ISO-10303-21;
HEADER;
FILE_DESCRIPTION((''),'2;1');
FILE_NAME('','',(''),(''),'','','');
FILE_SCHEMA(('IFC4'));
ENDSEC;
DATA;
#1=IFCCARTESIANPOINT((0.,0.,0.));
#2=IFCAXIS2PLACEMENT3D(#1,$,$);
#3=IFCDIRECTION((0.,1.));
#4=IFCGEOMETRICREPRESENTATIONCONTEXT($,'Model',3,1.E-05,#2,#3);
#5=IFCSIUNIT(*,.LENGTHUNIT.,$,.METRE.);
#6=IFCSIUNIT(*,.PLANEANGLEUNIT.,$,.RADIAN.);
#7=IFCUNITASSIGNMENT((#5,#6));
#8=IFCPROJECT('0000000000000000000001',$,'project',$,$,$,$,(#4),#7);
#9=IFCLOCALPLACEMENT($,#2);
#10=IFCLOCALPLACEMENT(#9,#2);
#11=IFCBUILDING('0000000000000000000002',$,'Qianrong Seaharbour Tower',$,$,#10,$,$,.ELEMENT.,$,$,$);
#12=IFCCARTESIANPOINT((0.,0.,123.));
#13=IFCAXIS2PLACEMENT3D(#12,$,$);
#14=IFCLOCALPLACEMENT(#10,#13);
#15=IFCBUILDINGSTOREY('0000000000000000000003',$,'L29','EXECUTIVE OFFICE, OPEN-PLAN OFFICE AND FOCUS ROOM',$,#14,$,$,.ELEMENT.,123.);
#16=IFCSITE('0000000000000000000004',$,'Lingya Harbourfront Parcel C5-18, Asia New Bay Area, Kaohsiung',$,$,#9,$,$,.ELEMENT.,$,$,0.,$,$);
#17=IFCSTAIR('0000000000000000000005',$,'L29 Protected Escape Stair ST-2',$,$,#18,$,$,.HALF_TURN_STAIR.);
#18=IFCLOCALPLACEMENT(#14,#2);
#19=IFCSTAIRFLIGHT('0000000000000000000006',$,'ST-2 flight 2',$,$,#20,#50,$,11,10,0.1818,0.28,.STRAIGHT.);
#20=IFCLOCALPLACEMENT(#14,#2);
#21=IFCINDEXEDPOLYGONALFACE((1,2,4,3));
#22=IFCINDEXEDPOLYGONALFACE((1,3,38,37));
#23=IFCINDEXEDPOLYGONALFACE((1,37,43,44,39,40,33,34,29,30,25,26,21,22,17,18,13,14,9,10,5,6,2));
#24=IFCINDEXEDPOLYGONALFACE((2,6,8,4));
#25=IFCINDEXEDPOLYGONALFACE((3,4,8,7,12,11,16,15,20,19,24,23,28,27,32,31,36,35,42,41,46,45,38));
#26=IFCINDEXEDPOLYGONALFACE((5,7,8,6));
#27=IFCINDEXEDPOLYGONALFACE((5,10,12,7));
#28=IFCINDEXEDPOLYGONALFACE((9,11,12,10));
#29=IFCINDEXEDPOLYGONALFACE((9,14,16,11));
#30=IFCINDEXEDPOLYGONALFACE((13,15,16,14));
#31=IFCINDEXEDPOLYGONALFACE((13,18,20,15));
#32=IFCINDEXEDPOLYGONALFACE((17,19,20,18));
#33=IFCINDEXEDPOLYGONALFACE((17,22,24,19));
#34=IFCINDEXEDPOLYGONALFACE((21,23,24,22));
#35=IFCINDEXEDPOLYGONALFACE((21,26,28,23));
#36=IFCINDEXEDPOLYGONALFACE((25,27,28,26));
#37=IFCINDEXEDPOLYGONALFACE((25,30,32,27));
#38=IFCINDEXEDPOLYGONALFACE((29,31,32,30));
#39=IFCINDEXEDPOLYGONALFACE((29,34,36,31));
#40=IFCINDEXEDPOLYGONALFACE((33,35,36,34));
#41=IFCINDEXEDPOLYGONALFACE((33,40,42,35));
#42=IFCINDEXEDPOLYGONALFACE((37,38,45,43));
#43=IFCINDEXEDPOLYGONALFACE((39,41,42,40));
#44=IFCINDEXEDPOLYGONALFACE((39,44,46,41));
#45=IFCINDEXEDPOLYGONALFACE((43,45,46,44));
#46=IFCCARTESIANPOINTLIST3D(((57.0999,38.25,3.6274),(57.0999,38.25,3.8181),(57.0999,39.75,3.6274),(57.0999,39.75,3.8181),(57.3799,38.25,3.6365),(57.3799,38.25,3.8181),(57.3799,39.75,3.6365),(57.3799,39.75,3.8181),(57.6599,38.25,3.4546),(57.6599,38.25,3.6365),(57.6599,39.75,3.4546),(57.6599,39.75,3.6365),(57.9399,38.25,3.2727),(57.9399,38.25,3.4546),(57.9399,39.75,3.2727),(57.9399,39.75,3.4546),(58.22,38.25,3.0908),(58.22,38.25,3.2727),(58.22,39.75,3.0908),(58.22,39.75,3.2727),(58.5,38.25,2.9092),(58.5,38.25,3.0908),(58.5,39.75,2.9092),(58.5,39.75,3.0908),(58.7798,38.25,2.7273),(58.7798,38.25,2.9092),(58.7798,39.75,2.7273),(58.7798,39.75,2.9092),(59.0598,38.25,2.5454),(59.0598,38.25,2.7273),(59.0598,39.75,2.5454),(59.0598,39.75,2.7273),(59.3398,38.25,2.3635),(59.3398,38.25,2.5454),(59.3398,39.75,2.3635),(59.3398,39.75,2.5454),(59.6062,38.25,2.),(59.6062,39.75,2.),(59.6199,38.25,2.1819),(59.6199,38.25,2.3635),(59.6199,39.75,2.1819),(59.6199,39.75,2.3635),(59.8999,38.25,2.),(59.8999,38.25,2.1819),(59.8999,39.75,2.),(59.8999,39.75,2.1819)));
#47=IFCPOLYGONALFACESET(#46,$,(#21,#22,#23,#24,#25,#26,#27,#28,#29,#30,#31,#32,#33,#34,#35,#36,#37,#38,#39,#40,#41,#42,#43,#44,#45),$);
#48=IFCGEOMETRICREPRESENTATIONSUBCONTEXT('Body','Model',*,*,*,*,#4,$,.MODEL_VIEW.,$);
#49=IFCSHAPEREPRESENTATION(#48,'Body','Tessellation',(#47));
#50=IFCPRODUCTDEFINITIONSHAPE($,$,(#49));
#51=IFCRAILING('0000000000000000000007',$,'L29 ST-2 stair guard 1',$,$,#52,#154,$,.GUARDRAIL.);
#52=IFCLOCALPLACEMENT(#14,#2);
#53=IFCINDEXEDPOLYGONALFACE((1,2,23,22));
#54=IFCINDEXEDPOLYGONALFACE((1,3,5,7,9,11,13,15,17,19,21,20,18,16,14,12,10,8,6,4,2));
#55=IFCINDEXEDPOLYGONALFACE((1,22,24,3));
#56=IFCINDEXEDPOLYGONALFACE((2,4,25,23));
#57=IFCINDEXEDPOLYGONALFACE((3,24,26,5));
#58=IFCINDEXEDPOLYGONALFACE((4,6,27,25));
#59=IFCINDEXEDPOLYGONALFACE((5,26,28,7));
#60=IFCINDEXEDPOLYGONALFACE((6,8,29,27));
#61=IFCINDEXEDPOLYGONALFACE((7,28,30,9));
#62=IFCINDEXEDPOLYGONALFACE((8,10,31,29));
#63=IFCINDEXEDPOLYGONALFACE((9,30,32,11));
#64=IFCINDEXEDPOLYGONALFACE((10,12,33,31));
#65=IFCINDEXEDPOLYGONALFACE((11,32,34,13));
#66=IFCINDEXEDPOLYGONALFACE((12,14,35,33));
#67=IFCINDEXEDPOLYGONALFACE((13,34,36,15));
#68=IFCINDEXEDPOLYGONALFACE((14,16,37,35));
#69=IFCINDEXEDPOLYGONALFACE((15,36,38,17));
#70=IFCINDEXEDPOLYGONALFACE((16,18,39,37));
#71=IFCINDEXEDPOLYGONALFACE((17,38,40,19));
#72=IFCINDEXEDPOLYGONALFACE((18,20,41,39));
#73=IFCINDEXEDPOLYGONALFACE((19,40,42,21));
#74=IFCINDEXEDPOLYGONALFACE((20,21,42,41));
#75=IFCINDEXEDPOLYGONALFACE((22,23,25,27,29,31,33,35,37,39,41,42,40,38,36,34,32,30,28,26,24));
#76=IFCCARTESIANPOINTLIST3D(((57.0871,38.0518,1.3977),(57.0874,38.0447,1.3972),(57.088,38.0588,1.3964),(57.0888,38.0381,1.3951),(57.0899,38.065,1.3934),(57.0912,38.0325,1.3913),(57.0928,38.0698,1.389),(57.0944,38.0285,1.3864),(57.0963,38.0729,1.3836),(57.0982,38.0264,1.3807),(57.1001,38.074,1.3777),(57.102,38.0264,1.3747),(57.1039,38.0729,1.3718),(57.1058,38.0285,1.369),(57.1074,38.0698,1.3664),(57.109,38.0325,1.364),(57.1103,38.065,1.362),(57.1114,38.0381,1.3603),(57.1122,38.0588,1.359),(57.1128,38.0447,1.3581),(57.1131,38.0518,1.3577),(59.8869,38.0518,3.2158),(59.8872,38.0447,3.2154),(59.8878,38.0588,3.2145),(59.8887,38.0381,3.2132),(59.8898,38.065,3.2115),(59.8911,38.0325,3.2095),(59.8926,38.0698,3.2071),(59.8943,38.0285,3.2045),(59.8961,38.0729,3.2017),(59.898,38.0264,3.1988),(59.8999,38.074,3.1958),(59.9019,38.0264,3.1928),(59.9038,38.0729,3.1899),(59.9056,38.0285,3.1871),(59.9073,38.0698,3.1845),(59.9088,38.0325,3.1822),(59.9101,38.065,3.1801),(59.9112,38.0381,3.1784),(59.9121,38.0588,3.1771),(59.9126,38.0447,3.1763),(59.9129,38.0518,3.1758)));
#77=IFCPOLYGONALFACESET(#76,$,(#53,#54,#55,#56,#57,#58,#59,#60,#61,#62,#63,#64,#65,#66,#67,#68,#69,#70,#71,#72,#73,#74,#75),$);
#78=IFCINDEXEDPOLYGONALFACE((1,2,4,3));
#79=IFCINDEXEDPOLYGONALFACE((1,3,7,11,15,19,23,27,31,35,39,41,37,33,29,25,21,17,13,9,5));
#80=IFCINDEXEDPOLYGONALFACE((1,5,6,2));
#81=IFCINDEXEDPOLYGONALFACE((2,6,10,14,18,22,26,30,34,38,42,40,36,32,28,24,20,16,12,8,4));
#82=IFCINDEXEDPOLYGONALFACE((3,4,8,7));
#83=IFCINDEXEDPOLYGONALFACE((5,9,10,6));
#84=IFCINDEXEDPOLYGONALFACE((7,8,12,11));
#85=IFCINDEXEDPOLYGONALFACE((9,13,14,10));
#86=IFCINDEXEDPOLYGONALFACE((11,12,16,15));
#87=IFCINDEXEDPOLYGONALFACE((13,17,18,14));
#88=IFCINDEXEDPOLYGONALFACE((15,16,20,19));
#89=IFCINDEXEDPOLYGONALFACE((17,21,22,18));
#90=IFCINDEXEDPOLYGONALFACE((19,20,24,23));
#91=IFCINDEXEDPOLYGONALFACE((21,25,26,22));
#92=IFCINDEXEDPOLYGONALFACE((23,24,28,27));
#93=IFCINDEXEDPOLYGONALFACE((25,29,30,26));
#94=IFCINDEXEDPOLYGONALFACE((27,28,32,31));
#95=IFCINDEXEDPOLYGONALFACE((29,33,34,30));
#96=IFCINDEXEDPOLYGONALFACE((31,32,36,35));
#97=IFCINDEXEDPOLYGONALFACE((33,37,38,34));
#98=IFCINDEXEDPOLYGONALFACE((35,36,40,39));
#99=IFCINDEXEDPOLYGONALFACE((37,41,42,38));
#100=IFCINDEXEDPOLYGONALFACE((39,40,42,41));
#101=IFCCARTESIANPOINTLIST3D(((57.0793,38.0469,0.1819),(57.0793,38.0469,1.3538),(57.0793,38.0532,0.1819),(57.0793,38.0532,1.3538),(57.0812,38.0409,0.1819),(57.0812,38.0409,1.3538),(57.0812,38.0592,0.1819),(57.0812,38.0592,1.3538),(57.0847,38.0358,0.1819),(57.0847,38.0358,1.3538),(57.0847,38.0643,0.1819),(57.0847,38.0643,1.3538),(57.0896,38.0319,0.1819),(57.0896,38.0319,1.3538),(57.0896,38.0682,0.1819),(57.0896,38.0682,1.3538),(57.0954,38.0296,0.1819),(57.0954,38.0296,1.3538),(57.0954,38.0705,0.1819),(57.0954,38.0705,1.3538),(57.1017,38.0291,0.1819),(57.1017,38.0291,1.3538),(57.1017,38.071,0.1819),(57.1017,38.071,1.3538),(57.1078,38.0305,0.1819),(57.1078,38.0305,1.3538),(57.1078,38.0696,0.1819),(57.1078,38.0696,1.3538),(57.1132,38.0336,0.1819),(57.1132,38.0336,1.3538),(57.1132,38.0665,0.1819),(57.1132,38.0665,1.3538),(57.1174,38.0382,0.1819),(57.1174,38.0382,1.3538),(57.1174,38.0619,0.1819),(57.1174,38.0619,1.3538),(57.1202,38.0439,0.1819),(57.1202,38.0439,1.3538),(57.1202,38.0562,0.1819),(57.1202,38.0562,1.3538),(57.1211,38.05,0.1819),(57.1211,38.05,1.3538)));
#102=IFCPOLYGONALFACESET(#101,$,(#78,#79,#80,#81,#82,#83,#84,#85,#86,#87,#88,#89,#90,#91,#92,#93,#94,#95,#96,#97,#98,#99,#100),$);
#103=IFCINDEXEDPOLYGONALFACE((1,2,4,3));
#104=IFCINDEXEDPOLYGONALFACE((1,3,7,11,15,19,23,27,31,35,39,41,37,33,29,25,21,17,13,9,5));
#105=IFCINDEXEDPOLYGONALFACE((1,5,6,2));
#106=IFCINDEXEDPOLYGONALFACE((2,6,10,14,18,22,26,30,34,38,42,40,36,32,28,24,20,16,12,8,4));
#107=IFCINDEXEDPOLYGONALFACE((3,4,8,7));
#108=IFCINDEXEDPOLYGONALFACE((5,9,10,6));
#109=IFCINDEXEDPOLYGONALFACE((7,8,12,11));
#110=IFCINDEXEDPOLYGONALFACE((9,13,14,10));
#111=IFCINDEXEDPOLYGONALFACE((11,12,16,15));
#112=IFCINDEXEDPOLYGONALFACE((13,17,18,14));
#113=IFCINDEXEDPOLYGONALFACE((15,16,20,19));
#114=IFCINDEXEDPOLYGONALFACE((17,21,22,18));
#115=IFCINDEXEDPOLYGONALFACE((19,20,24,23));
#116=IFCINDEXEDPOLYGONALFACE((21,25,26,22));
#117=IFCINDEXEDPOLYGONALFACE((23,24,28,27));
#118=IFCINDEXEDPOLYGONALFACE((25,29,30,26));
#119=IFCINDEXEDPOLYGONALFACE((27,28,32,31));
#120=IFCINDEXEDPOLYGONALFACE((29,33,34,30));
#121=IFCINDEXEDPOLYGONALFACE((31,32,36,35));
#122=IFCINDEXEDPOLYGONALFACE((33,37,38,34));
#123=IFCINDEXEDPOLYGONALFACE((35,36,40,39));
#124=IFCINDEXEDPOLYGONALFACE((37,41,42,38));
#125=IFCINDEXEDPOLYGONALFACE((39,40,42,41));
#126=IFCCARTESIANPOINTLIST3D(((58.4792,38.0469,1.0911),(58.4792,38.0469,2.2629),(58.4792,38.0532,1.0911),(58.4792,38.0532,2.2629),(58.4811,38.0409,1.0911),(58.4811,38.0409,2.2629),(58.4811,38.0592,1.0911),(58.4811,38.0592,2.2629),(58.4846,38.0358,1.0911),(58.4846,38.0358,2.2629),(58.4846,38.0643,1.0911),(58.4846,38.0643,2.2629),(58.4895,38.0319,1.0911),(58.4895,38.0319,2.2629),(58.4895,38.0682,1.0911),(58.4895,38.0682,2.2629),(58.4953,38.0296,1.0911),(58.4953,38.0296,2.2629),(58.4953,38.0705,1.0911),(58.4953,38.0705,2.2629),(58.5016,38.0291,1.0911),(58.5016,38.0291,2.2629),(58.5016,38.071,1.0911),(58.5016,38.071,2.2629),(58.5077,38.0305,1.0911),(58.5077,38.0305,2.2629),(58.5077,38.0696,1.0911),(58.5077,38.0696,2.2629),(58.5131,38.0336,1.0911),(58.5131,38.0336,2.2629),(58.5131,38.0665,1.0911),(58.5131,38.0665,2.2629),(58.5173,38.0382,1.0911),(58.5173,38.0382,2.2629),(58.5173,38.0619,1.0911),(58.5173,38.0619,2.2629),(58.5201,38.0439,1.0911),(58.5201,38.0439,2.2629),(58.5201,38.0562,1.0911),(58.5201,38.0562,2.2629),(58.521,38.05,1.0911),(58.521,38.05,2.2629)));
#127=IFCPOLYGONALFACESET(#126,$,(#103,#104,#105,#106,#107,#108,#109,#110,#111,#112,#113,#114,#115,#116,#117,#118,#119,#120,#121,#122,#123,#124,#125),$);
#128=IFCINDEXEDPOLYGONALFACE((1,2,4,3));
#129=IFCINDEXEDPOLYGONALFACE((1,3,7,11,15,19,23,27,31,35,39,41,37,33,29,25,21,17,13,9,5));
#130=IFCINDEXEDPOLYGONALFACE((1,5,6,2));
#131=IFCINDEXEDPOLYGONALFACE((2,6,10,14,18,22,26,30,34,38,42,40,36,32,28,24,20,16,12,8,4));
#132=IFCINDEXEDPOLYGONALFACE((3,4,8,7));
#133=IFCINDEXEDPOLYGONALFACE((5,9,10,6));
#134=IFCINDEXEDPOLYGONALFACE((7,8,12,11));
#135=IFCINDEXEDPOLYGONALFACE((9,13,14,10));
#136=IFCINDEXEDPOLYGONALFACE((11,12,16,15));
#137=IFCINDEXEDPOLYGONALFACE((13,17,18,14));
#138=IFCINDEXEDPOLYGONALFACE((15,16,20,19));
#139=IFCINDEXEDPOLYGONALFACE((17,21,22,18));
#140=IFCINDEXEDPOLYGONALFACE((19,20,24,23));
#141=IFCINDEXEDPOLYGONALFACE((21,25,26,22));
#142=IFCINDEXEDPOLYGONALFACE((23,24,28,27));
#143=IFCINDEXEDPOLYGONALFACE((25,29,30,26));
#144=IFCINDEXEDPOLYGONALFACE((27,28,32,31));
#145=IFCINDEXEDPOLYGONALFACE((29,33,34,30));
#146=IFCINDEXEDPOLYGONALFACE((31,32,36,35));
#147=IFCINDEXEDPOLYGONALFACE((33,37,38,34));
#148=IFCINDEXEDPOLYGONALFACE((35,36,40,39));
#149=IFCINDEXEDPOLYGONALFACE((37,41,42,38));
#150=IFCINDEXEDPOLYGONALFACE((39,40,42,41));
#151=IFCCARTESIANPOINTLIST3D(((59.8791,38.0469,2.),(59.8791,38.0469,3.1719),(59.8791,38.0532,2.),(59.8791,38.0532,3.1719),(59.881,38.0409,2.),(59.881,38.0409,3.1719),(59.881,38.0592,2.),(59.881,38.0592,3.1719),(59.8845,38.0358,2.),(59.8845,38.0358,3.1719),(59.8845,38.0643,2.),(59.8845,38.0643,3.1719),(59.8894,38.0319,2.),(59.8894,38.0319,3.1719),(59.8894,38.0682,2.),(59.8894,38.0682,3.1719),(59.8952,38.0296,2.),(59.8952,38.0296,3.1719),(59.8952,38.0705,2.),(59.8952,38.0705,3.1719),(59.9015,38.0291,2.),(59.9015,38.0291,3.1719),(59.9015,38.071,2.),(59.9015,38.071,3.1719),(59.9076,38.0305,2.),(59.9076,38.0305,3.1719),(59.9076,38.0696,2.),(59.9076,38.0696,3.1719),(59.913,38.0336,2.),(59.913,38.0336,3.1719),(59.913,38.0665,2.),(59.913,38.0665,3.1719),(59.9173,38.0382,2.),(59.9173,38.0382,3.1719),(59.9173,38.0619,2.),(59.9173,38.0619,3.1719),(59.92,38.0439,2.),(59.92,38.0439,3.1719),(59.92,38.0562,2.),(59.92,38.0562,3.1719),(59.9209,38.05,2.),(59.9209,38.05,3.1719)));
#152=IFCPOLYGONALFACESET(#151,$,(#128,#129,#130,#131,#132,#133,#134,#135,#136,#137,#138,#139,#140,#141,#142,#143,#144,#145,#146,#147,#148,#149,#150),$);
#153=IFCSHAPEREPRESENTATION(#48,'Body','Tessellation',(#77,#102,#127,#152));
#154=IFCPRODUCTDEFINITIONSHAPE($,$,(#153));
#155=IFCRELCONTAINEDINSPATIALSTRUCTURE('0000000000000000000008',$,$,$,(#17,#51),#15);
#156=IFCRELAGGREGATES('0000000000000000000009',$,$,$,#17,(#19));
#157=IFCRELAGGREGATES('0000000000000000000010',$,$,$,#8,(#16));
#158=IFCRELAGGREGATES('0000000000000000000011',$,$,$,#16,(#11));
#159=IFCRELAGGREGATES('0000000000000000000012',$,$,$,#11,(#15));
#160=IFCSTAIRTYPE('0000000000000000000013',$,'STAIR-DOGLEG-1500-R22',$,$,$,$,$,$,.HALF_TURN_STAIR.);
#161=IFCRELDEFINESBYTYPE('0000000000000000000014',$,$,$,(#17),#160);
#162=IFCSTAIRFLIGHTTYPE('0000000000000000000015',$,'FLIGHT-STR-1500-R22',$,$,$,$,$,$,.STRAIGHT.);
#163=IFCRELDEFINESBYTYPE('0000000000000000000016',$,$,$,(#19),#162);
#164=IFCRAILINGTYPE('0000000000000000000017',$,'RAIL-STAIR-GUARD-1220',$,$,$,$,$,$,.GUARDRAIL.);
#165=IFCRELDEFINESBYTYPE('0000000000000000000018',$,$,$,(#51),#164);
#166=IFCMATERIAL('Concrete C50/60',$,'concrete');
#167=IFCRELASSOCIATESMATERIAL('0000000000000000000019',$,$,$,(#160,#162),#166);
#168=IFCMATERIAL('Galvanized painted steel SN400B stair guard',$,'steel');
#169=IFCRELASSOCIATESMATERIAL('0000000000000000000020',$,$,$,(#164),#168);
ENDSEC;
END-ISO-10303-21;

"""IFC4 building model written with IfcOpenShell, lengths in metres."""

from ifc_helpers import new_model, si_unit, direction, frame, origin, origin_2d, place, context, subcontext, project, spatial, polyline, circle, outline, extrude, material, type_object, element, aggregate, save


model = new_model("IFC4")

# Units and contexts
model_context = context("Model", 3, precision=1e-05, world=origin(), true_north=direction((0.0, 1.0)))
body_context = subcontext(model_context, "Body", "Model", "MODEL_VIEW")
ifc_project = project(units=[si_unit("LENGTHUNIT", "METRE"), si_unit("PLANEANGLEUNIT", "RADIAN")], contexts=[model_context])

# Site, building, storey
site_placement = place(None, origin())
site = spatial("IfcSite", under=ifc_project, at=site_placement, Name="Lingya Harbourfront Parcel C5-18, Asia New Bay Area, Kaohsiung", CompositionType="ELEMENT", RefElevation=0.0)
building_placement = place(site_placement, origin())
building = spatial("IfcBuilding", under=site, at=building_placement, Name="Qianrong Seaharbour Tower", CompositionType="ELEMENT")
storey_placement = place(building_placement, frame((0.0, 0.0, 123.0)))
storey = spatial("IfcBuildingStorey", under=building, at=storey_placement, Name="L29", Description="EXECUTIVE OFFICE, OPEN-PLAN OFFICE AND FOCUS ROOM", CompositionType="ELEMENT", Elevation=123.0)

# Shared definitions
ifc_material_1 = material(Name="Concrete C50/60", Category="concrete")

# Stair, stair flight
stair_type = type_object("IfcStairType", Name="STAIR-DOGLEG-1500-R22", PredefinedType="HALF_TURN_STAIR", material=ifc_material_1)
stair_placement = place(storey_placement, origin())
stair = element("IfcStair", 1, at=stair_placement, inside=storey, type_object=stair_type, Name="L29 Protected Escape Stair ST-2", PredefinedType="HALF_TURN_STAIR")
stair_flight_type = type_object("IfcStairFlightType", Name="FLIGHT-STR-1500-R22", PredefinedType="STRAIGHT", material=ifc_material_1)
stair_flight_1_placement = place(storey_placement, frame((59.8999, 39.0, 2.0), z_axis=(0.0, 0.0, 1.0), x_axis=(-1.0, 0.0, 0.0)))
stair_flight_1 = element("IfcStairFlight", 2, at=stair_flight_1_placement, type_object=stair_flight_type, Name="ST-2 flight 2", NumberOfRisers=11, NumberOfTreads=10, PredefinedType="STRAIGHT", RiserHeight=0.1818, TreadLength=0.28, context=body_context, shape_type="SweptSolid", body=[
    extrude(outline(polyline([(0.0, 0.0), (0.0, 0.1819), (0.28, 0.1819), (0.28, 0.3635), (0.5601, 0.3635), (0.5601, 0.5454), (0.8401, 0.5454), (0.8401, 0.7273), (1.1201, 0.7273), (1.1201, 0.9092), (1.3999, 0.9092), (1.3999, 1.0908), (1.6799, 1.0908), (1.6799, 1.2727), (1.96, 1.2727), (1.96, 1.4546), (2.24, 1.4546), (2.24, 1.6365), (2.52, 1.6365), (2.52, 1.8181), (2.8, 1.8181), (2.8, 2.0), (2.8, 1.6274), (0.2937, 0.0), (0.0, 0.0)])), frame((0.0, 0.75, 0.0), z_axis=(0.0, -1.0, 0.0), x_axis=(1.0, 0.0, 0.0)), (0.0, 0.0, 1.0), 1.5),
])
aggregate(stair, [stair_flight_1])

# Railing
ifc_material_2 = material(Name="Galvanized painted steel SN400B stair guard", Category="steel")
railing_type_1 = type_object("IfcRailingType", Name="RAIL-STAIR-GUARD-1220", PredefinedType="GUARDRAIL", material=ifc_material_2)
railing_1_placement = place(storey_placement, frame((57.1001, 38.05, 0.1819)))
element("IfcRailing", 3, at=railing_1_placement, inside=storey, type_object=railing_type_1, Name="L29 ST-2 stair guard 1", PredefinedType="GUARDRAIL", context=body_context, shape_type="SweptSolid", body=[
    extrude(circle(Radius=0.0239, at=origin_2d()), frame((0.0, 0.0, 1.1958), z_axis=(0.838684, 0.0, 0.544618), x_axis=(0.0, 1.0, 0.0)), (0.0, 0.0, 1.0), 3.3384),
    extrude(circle(Radius=0.021, at=origin_2d()), origin(), (0.0, 0.0, 1.0), 1.1719),
    extrude(circle(Radius=0.021, at=origin_2d()), frame((1.3999, 0.0, 0.9092)), (0.0, 0.0, 1.0), 1.1719),
    extrude(circle(Radius=0.021, at=origin_2d()), frame((2.7998, 0.0, 1.8181)), (0.0, 0.0, 1.0), 1.1719),
])

save(model, "model.ifc")
